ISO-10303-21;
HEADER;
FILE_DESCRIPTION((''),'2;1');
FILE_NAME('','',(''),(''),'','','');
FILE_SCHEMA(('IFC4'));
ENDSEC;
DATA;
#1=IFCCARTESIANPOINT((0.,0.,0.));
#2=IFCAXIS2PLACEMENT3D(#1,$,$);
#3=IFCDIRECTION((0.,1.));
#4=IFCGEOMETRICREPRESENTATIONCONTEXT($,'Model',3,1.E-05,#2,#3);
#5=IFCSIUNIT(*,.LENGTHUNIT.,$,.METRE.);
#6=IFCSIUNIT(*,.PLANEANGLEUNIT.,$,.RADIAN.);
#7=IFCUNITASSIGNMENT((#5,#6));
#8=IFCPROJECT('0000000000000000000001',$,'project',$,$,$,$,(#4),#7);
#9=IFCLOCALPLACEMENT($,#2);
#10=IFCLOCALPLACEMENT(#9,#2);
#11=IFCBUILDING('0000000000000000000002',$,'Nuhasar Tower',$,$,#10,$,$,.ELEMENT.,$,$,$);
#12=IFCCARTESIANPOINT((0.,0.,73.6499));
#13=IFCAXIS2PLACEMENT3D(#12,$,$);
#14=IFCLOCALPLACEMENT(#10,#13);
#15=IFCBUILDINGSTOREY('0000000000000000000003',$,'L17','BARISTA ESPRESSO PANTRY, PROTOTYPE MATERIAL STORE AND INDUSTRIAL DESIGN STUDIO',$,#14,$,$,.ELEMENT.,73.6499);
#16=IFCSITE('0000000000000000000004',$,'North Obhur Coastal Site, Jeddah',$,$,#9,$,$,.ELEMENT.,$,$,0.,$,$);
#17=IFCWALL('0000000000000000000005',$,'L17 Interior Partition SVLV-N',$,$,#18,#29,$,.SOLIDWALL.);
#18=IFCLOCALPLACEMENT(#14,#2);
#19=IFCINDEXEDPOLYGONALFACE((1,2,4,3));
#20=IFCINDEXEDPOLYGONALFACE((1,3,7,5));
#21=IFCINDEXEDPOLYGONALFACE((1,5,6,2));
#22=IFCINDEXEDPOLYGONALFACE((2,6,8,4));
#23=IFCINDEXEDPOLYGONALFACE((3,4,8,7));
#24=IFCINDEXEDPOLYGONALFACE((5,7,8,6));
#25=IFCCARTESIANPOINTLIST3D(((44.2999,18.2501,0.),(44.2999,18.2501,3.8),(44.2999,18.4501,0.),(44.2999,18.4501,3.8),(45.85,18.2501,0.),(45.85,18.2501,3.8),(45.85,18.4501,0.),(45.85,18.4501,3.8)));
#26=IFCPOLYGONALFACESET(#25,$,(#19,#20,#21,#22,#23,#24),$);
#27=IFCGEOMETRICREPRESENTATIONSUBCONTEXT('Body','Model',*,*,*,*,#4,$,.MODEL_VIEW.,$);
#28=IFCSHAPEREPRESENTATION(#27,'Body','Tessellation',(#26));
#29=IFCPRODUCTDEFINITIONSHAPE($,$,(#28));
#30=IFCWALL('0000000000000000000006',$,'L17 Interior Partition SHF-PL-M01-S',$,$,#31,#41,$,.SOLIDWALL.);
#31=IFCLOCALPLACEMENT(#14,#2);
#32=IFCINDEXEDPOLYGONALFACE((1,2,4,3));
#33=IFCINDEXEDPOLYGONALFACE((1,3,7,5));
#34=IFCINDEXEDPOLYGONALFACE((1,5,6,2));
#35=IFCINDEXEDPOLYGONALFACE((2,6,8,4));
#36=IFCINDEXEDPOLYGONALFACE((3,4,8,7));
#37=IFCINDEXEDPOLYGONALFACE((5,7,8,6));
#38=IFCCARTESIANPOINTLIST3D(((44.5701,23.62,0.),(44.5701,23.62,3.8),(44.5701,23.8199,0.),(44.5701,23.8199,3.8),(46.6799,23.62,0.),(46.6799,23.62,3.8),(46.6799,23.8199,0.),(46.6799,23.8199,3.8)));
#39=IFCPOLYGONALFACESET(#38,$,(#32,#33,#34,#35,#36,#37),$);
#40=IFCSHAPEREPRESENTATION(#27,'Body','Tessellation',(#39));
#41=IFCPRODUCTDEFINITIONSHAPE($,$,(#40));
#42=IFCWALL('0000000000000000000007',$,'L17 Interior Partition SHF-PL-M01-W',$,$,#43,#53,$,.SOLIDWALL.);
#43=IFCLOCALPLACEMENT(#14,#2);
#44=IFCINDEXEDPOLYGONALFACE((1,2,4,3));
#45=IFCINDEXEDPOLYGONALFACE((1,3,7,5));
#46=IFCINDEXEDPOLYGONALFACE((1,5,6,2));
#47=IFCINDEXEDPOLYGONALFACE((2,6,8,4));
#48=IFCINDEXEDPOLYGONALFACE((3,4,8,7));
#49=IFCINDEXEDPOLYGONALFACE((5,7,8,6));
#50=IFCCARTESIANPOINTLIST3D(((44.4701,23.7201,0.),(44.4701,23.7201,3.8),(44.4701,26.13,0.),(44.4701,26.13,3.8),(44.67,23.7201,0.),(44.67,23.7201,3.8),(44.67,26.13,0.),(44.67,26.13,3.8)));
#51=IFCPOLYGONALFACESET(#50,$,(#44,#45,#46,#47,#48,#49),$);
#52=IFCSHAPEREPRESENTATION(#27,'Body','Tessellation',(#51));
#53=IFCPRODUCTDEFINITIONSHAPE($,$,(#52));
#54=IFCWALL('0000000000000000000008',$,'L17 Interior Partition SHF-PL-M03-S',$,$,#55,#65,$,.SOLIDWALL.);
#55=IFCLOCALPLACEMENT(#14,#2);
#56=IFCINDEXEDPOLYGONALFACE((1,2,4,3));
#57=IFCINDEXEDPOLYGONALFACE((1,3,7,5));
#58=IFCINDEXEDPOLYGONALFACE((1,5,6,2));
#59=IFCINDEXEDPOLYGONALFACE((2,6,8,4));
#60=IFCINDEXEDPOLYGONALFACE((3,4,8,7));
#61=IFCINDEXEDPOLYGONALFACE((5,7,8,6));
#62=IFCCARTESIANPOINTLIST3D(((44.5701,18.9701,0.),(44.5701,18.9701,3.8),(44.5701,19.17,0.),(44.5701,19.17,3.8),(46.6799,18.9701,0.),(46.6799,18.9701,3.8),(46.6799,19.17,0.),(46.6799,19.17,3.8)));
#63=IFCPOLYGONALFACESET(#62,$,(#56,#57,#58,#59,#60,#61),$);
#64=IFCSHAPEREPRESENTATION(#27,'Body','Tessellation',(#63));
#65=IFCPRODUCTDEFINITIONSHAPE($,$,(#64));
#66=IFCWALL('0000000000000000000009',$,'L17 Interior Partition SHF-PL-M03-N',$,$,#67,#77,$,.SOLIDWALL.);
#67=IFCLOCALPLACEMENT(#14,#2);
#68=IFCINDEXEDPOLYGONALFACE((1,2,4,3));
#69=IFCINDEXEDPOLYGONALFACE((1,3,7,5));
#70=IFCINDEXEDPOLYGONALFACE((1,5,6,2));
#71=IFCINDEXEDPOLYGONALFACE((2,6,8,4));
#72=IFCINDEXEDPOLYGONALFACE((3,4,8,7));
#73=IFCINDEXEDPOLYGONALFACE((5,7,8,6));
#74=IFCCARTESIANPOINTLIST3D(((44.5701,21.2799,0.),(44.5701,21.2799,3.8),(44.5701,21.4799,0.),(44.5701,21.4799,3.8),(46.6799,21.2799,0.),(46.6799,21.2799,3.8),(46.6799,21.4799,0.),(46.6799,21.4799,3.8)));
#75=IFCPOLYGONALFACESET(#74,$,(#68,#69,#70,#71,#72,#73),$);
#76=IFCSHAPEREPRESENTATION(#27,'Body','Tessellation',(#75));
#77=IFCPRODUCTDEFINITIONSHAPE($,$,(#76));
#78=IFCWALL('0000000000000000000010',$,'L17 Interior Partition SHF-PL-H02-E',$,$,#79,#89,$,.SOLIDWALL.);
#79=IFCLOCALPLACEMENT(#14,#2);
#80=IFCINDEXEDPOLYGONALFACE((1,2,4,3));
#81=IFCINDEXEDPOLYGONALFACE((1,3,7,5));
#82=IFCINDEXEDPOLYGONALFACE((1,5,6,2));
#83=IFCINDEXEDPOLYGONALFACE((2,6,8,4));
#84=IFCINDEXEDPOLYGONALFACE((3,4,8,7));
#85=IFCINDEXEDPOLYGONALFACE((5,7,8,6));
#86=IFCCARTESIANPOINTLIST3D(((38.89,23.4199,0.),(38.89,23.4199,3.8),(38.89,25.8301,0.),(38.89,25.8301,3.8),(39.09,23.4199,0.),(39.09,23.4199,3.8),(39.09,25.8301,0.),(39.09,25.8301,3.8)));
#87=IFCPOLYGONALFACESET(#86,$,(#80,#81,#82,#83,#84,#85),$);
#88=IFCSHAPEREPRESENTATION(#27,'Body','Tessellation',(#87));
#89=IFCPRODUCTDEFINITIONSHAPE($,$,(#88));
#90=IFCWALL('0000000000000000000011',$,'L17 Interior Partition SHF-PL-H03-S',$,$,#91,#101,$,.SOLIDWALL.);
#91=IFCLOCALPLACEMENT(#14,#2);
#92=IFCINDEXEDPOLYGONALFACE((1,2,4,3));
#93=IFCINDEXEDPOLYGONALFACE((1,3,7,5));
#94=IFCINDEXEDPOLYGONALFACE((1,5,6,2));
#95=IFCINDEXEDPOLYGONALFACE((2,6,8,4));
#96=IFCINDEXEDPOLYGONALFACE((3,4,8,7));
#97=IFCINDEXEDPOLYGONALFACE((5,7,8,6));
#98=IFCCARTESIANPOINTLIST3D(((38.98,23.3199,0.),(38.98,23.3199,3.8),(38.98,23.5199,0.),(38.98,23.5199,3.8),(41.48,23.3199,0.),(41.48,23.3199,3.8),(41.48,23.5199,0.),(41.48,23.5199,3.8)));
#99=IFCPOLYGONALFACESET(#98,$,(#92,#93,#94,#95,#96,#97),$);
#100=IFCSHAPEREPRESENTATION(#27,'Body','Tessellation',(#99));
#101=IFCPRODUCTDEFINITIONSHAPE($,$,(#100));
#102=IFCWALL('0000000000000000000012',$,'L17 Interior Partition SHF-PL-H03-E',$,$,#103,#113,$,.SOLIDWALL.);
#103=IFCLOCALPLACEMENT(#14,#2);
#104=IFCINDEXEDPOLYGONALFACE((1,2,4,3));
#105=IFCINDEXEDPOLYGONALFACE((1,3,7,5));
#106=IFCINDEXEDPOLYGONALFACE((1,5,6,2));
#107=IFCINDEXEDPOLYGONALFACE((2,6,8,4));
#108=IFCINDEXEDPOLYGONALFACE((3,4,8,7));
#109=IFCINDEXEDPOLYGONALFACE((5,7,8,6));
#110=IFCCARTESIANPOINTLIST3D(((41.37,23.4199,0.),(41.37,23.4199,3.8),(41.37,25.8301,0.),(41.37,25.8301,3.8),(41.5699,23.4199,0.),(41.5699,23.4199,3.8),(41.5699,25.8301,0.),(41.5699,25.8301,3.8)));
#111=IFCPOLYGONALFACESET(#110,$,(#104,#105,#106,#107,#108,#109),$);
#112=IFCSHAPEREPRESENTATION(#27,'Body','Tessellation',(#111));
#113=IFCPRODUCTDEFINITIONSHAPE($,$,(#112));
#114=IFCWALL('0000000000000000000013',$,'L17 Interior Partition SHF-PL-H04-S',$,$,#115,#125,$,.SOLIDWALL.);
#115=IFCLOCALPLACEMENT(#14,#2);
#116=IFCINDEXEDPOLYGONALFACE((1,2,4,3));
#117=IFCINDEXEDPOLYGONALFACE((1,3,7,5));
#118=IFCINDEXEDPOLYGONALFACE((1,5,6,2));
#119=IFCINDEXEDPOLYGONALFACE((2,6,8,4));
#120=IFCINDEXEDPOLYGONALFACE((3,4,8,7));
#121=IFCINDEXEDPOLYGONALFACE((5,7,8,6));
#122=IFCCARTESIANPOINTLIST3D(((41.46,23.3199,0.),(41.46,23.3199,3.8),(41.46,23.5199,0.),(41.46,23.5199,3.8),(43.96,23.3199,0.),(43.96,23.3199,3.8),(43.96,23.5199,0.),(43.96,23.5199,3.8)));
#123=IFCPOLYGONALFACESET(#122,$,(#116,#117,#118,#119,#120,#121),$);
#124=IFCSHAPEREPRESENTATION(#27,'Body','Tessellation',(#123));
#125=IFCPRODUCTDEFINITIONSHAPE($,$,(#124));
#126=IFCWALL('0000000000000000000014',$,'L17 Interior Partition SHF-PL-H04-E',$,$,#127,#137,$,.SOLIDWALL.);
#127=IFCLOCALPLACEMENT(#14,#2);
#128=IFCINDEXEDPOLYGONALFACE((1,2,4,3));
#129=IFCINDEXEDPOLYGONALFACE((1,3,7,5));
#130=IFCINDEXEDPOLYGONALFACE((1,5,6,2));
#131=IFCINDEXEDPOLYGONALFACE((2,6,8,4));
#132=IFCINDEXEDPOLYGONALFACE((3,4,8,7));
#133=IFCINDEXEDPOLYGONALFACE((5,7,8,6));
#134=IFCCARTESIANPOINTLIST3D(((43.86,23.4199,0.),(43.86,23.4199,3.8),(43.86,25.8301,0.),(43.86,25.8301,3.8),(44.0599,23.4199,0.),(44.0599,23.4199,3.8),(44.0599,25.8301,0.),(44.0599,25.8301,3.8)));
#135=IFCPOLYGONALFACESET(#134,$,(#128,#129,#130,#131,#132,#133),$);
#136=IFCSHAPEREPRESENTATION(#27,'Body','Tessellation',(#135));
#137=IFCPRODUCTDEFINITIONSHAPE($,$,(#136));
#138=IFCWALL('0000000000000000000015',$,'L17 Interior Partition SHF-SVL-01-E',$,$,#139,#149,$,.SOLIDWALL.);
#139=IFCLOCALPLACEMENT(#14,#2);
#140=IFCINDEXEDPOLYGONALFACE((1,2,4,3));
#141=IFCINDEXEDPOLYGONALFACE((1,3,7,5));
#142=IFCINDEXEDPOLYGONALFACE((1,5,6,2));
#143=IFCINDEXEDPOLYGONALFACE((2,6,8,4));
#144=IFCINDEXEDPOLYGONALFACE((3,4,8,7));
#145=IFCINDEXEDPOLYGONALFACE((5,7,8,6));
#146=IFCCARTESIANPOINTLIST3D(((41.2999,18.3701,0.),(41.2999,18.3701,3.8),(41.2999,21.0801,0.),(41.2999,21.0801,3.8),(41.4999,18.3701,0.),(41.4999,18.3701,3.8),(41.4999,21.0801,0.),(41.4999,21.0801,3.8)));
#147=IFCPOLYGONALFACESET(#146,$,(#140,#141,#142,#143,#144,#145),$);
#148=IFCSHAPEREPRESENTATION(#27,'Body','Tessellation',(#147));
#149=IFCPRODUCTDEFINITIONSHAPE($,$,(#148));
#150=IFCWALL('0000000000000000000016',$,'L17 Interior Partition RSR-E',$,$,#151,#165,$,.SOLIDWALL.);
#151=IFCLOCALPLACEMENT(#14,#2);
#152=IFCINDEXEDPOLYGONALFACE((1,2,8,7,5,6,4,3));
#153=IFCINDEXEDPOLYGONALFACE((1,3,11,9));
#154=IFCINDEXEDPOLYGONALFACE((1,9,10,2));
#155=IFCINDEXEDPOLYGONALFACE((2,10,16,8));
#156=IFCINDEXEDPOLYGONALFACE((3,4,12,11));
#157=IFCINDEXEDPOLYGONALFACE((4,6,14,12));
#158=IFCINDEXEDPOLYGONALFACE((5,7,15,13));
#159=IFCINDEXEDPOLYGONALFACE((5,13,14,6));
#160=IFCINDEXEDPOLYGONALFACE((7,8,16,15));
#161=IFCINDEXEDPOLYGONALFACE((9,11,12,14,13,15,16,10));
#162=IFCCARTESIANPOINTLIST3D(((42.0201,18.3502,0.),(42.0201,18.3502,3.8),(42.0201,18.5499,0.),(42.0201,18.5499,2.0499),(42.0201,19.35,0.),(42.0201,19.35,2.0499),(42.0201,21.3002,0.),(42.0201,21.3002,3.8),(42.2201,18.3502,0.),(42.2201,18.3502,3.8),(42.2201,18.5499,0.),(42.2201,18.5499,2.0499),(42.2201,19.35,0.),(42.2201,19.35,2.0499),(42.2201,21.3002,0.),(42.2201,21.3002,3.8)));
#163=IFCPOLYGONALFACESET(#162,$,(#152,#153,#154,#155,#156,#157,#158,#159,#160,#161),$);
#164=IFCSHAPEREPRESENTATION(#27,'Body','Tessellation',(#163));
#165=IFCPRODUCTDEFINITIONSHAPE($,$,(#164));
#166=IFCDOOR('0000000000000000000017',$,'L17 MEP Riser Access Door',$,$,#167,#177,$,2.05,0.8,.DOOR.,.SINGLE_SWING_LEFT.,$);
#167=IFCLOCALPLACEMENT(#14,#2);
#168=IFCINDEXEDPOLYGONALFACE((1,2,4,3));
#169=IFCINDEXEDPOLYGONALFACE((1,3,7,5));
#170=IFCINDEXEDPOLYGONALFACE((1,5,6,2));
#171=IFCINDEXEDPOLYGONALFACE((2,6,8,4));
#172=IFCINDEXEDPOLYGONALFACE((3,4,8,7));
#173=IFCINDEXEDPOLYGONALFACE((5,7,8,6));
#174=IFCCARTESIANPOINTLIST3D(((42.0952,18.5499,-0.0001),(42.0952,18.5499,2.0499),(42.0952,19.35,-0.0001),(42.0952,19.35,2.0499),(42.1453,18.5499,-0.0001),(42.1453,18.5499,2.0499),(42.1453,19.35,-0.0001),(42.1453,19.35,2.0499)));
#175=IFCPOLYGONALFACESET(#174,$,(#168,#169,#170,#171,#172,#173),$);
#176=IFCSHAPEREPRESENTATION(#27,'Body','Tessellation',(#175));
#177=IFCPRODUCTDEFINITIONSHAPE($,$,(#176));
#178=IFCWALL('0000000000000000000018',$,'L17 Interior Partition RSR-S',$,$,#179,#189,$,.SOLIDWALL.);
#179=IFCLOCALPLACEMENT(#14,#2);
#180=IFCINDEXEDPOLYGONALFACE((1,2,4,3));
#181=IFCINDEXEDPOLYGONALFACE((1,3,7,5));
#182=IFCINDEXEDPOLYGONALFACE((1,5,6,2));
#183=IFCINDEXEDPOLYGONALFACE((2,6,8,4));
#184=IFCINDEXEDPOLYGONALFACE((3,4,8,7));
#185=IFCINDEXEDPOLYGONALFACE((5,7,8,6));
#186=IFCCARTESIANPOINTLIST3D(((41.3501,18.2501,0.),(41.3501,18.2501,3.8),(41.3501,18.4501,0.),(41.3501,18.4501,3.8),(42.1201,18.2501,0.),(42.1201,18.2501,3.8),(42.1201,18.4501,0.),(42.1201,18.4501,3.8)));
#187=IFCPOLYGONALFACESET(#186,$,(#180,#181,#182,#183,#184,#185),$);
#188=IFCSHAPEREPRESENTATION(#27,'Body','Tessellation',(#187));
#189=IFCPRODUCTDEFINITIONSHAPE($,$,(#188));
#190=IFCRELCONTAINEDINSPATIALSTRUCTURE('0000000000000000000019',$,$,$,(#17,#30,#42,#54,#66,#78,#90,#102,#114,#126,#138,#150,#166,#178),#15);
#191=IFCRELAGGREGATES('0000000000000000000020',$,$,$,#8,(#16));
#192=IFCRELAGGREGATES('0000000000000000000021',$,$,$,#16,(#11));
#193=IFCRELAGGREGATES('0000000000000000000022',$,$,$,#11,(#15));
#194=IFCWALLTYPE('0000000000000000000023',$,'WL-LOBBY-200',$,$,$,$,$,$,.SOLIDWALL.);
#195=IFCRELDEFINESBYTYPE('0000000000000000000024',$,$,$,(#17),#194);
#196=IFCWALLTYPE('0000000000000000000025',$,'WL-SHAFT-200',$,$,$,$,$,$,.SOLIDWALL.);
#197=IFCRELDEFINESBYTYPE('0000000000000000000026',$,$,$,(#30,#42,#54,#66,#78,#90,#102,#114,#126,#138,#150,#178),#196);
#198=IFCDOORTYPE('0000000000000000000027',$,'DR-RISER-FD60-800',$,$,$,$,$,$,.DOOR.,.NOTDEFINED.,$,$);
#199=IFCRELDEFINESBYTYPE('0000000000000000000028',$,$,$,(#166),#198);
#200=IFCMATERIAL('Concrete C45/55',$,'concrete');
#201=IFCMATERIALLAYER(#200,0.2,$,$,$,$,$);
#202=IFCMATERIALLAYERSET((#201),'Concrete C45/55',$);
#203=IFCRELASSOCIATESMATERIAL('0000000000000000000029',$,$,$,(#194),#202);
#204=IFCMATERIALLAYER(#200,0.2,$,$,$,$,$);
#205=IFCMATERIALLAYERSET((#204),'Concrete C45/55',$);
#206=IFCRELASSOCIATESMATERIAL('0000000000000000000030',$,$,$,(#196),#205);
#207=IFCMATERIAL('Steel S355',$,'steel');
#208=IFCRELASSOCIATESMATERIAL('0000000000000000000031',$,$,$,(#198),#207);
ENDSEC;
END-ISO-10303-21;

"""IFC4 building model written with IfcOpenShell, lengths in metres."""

from ifc_helpers import new_model, si_unit, direction, frame, frame_2d, origin, place, context, subcontext, project, spatial, rectangle, extrude, material, layer, layer_set, type_object, element, fill, save


model = new_model("IFC4")

# Units and contexts
model_context = context("Model", 3, precision=1e-05, world=origin(), true_north=direction((0.0, 1.0)))
body_context = subcontext(model_context, "Body", "Model", "MODEL_VIEW")
ifc_project = project(units=[si_unit("LENGTHUNIT", "METRE"), si_unit("PLANEANGLEUNIT", "RADIAN")], contexts=[model_context])

# Site, building, storey
site_placement = place(None, origin())
site = spatial("IfcSite", under=ifc_project, at=site_placement, Name="North Obhur Coastal Site, Jeddah", CompositionType="ELEMENT", RefElevation=0.0)
building_placement = place(site_placement, origin())
building = spatial("IfcBuilding", under=site, at=building_placement, Name="Nuhasar Tower", CompositionType="ELEMENT")
storey_placement = place(building_placement, frame((0.0, 0.0, 73.6499)))
storey = spatial("IfcBuildingStorey", under=building, at=storey_placement, Name="L17", Description="BARISTA ESPRESSO PANTRY, PROTOTYPE MATERIAL STORE AND INDUSTRIAL DESIGN STUDIO", CompositionType="ELEMENT", Elevation=73.6499)

# Shared definitions
ifc_material_1 = material(Name="Steel S355", Category="steel")

# Shared definitions
ifc_material_2 = material(Name="Concrete C45/55", Category="concrete")
ifc_layer_1 = layer(ifc_material_2, 0.2)
ifc_layer_set_1 = layer_set([ifc_layer_1], Name="Concrete C45/55")
wall_type_1 = type_object("IfcWallType", Name="WL-LOBBY-200", PredefinedType="SOLIDWALL", material=ifc_layer_set_1)

# Walls
wall_1_placement = place(storey_placement, frame((44.3, 18.3501, 0.0), z_axis=(0.0, 0.0, 1.0), x_axis=(1.0, 0.0, 0.0)))
element("IfcWall", 1, at=wall_1_placement, inside=storey, type_object=wall_type_1, Name="L17 Interior Partition SVLV-N", PredefinedType="SOLIDWALL", context=body_context, shape_type="SweptSolid", body=[
    extrude(rectangle(XDim=1.55, YDim=0.2, at=frame_2d((0.7749, 0.0))), origin(), (0.0, 0.0, 1.0), 3.8),
])
ifc_layer_2 = layer(ifc_material_2, 0.2)
ifc_layer_set_2 = layer_set([ifc_layer_2], Name="Concrete C45/55")
wall_type_2 = type_object("IfcWallType", Name="WL-SHAFT-200", PredefinedType="SOLIDWALL", material=ifc_layer_set_2)
wall_2_placement = place(storey_placement, frame((44.5701, 23.72, 0.0), z_axis=(0.0, 0.0, 1.0), x_axis=(1.0, 0.0, 0.0)))
element("IfcWall", 2, at=wall_2_placement, inside=storey, type_object=wall_type_2, Name="L17 Interior Partition SHF-PL-M01-S", PredefinedType="SOLIDWALL", context=body_context, shape_type="SweptSolid", body=[
    extrude(rectangle(XDim=2.1099, YDim=0.2, at=frame_2d((1.0549, 0.0))), origin(), (0.0, 0.0, 1.0), 3.8),
])
wall_3_placement = place(storey_placement, frame((44.5701, 23.72, 0.0), z_axis=(0.0, 0.0, 1.0), x_axis=(0.0, 1.0, 0.0)))
element("IfcWall", 3, at=wall_3_placement, inside=storey, type_object=wall_type_2, Name="L17 Interior Partition SHF-PL-M01-W", PredefinedType="SOLIDWALL", context=body_context, shape_type="SweptSolid", body=[
    extrude(rectangle(XDim=2.4099, YDim=0.2, at=frame_2d((1.2051, 0.0))), origin(), (0.0, 0.0, 1.0), 3.8),
])
for number, where, z_axis, x_axis, name in (
    (4, (44.5701, 19.0701, 0.0), (0.0, 0.0, 1.0), (1.0, 0.0, 0.0), "L17 Interior Partition SHF-PL-M03-S"),
    (5, (44.5701, 21.3799, 0.0), (0.0, 0.0, 1.0), (1.0, 0.0, 0.0), "L17 Interior Partition SHF-PL-M03-N"),
):
    element("IfcWall", number, at=place(storey_placement, frame(where, z_axis=z_axis, x_axis=x_axis)), inside=storey, type_object=wall_type_2, Name=name, PredefinedType="SOLIDWALL", context=body_context, shape_type="SweptSolid", body=[
        extrude(rectangle(XDim=2.1099, YDim=0.2, at=frame_2d((1.0549, 0.0))), origin(), (0.0, 0.0, 1.0), 3.8),
    ])
wall_4_placement = place(storey_placement, frame((38.99, 23.4199, 0.0), z_axis=(0.0, 0.0, 1.0), x_axis=(0.0, 1.0, 0.0)))
element("IfcWall", 6, at=wall_4_placement, inside=storey, type_object=wall_type_2, Name="L17 Interior Partition SHF-PL-H02-E", PredefinedType="SOLIDWALL", context=body_context, shape_type="SweptSolid", body=[
    extrude(rectangle(XDim=2.4102, YDim=0.2, at=frame_2d((1.2051, 0.0))), origin(), (0.0, 0.0, 1.0), 3.8),
])
wall_5_placement = place(storey_placement, frame((38.98, 23.4199, 0.0), z_axis=(0.0, 0.0, 1.0), x_axis=(1.0, 0.0, 0.0)))
element("IfcWall", 7, at=wall_5_placement, inside=storey, type_object=wall_type_2, Name="L17 Interior Partition SHF-PL-H03-S", PredefinedType="SOLIDWALL", context=body_context, shape_type="SweptSolid", body=[
    extrude(rectangle(XDim=2.5, YDim=0.2, at=frame_2d((1.25, 0.0))), origin(), (0.0, 0.0, 1.0), 3.8),
])
wall_6_placement = place(storey_placement, frame((41.47, 23.4199, 0.0), z_axis=(0.0, 0.0, 1.0), x_axis=(0.0, 1.0, 0.0)))
element("IfcWall", 8, at=wall_6_placement, inside=storey, type_object=wall_type_2, Name="L17 Interior Partition SHF-PL-H03-E", PredefinedType="SOLIDWALL", context=body_context, shape_type="SweptSolid", body=[
    extrude(rectangle(XDim=2.4102, YDim=0.2, at=frame_2d((1.2051, 0.0))), origin(), (0.0, 0.0, 1.0), 3.8),
])
wall_7_placement = place(storey_placement, frame((41.46, 23.4199, 0.0), z_axis=(0.0, 0.0, 1.0), x_axis=(1.0, 0.0, 0.0)))
element("IfcWall", 9, at=wall_7_placement, inside=storey, type_object=wall_type_2, Name="L17 Interior Partition SHF-PL-H04-S", PredefinedType="SOLIDWALL", context=body_context, shape_type="SweptSolid", body=[
    extrude(rectangle(XDim=2.5, YDim=0.2, at=frame_2d((1.25, 0.0))), origin(), (0.0, 0.0, 1.0), 3.8),
])
wall_8_placement = place(storey_placement, frame((43.96, 23.4199, 0.0), z_axis=(0.0, 0.0, 1.0), x_axis=(0.0, 1.0, 0.0)))
element("IfcWall", 10, at=wall_8_placement, inside=storey, type_object=wall_type_2, Name="L17 Interior Partition SHF-PL-H04-E", PredefinedType="SOLIDWALL", context=body_context, shape_type="SweptSolid", body=[
    extrude(rectangle(XDim=2.4102, YDim=0.2, at=frame_2d((1.2051, 0.0))), origin(), (0.0, 0.0, 1.0), 3.8),
])
wall_9_placement = place(storey_placement, frame((41.3999, 18.3701, 0.0), z_axis=(0.0, 0.0, 1.0), x_axis=(0.0, 1.0, 0.0)))
element("IfcWall", 11, at=wall_9_placement, inside=storey, type_object=wall_type_2, Name="L17 Interior Partition SHF-SVL-01-E", PredefinedType="SOLIDWALL", context=body_context, shape_type="SweptSolid", body=[
    extrude(rectangle(XDim=2.71, YDim=0.2, at=frame_2d((1.355, 0.0))), origin(), (0.0, 0.0, 1.0), 3.8),
])

# Wall, opening, door
wall_10_placement = place(storey_placement, frame((42.1201, 18.3501, 0.0), z_axis=(0.0, 0.0, 1.0), x_axis=(0.0, 1.0, 0.0)))
wall_10 = element("IfcWall", 12, at=wall_10_placement, inside=storey, type_object=wall_type_2, Name="L17 Interior Partition RSR-E", PredefinedType="SOLIDWALL", context=body_context, shape_type="SweptSolid", body=[
    extrude(rectangle(XDim=2.95, YDim=0.2, at=frame_2d((1.4751, 0.0))), origin(), (0.0, 0.0, 1.0), 3.8),
])
opening_1_placement = place(wall_10_placement, frame((0.2, 0.0, 0.0)))
opening_1 = element("IfcOpeningElement", 13, at=opening_1_placement, cuts=wall_10, PredefinedType="OPENING", context=body_context, shape_type="SweptSolid", body=[
    extrude(rectangle(XDim=0.8, YDim=2.05, at=frame_2d((0.3999, 1.0249))), frame((0.0, 0.1099, 0.0), z_axis=(0.0, -1.0, 0.0), x_axis=(1.0, 0.0, 0.0)), (0.0, 0.0, 1.0), 0.22),
])
door_type_1 = type_object("IfcDoorType", Name="DR-RISER-FD60-800", OperationType="NOTDEFINED", PredefinedType="DOOR", material=ifc_material_1)
door_1_placement = place(opening_1_placement, origin())
door_1 = element("IfcDoor", 14, at=door_1_placement, inside=storey, type_object=door_type_1, Name="L17 MEP Riser Access Door", OperationType="SINGLE_SWING_LEFT", OverallHeight=2.05, OverallWidth=0.8, PredefinedType="DOOR", context=body_context, shape_type="SweptSolid", body=[
    extrude(rectangle(XDim=0.8, YDim=2.05, at=frame_2d((0.3999, 1.0249))), frame((0.0, 0.0249, 0.0), z_axis=(0.0, -1.0, 0.0), x_axis=(1.0, 0.0, 0.0)), (0.0, 0.0, 1.0), 0.05),
])
fill(opening_1, door_1)

# Wall
wall_11_placement = place(storey_placement, frame((41.3501, 18.3501, 0.0), z_axis=(0.0, 0.0, 1.0), x_axis=(1.0, 0.0, 0.0)))
element("IfcWall", 15, at=wall_11_placement, inside=storey, type_object=wall_type_2, Name="L17 Interior Partition RSR-S", PredefinedType="SOLIDWALL", context=body_context, shape_type="SweptSolid", body=[
    extrude(rectangle(XDim=0.77, YDim=0.2, at=frame_2d((0.385, 0.0))), origin(), (0.0, 0.0, 1.0), 3.8),
])

save(model, "model.ifc")
